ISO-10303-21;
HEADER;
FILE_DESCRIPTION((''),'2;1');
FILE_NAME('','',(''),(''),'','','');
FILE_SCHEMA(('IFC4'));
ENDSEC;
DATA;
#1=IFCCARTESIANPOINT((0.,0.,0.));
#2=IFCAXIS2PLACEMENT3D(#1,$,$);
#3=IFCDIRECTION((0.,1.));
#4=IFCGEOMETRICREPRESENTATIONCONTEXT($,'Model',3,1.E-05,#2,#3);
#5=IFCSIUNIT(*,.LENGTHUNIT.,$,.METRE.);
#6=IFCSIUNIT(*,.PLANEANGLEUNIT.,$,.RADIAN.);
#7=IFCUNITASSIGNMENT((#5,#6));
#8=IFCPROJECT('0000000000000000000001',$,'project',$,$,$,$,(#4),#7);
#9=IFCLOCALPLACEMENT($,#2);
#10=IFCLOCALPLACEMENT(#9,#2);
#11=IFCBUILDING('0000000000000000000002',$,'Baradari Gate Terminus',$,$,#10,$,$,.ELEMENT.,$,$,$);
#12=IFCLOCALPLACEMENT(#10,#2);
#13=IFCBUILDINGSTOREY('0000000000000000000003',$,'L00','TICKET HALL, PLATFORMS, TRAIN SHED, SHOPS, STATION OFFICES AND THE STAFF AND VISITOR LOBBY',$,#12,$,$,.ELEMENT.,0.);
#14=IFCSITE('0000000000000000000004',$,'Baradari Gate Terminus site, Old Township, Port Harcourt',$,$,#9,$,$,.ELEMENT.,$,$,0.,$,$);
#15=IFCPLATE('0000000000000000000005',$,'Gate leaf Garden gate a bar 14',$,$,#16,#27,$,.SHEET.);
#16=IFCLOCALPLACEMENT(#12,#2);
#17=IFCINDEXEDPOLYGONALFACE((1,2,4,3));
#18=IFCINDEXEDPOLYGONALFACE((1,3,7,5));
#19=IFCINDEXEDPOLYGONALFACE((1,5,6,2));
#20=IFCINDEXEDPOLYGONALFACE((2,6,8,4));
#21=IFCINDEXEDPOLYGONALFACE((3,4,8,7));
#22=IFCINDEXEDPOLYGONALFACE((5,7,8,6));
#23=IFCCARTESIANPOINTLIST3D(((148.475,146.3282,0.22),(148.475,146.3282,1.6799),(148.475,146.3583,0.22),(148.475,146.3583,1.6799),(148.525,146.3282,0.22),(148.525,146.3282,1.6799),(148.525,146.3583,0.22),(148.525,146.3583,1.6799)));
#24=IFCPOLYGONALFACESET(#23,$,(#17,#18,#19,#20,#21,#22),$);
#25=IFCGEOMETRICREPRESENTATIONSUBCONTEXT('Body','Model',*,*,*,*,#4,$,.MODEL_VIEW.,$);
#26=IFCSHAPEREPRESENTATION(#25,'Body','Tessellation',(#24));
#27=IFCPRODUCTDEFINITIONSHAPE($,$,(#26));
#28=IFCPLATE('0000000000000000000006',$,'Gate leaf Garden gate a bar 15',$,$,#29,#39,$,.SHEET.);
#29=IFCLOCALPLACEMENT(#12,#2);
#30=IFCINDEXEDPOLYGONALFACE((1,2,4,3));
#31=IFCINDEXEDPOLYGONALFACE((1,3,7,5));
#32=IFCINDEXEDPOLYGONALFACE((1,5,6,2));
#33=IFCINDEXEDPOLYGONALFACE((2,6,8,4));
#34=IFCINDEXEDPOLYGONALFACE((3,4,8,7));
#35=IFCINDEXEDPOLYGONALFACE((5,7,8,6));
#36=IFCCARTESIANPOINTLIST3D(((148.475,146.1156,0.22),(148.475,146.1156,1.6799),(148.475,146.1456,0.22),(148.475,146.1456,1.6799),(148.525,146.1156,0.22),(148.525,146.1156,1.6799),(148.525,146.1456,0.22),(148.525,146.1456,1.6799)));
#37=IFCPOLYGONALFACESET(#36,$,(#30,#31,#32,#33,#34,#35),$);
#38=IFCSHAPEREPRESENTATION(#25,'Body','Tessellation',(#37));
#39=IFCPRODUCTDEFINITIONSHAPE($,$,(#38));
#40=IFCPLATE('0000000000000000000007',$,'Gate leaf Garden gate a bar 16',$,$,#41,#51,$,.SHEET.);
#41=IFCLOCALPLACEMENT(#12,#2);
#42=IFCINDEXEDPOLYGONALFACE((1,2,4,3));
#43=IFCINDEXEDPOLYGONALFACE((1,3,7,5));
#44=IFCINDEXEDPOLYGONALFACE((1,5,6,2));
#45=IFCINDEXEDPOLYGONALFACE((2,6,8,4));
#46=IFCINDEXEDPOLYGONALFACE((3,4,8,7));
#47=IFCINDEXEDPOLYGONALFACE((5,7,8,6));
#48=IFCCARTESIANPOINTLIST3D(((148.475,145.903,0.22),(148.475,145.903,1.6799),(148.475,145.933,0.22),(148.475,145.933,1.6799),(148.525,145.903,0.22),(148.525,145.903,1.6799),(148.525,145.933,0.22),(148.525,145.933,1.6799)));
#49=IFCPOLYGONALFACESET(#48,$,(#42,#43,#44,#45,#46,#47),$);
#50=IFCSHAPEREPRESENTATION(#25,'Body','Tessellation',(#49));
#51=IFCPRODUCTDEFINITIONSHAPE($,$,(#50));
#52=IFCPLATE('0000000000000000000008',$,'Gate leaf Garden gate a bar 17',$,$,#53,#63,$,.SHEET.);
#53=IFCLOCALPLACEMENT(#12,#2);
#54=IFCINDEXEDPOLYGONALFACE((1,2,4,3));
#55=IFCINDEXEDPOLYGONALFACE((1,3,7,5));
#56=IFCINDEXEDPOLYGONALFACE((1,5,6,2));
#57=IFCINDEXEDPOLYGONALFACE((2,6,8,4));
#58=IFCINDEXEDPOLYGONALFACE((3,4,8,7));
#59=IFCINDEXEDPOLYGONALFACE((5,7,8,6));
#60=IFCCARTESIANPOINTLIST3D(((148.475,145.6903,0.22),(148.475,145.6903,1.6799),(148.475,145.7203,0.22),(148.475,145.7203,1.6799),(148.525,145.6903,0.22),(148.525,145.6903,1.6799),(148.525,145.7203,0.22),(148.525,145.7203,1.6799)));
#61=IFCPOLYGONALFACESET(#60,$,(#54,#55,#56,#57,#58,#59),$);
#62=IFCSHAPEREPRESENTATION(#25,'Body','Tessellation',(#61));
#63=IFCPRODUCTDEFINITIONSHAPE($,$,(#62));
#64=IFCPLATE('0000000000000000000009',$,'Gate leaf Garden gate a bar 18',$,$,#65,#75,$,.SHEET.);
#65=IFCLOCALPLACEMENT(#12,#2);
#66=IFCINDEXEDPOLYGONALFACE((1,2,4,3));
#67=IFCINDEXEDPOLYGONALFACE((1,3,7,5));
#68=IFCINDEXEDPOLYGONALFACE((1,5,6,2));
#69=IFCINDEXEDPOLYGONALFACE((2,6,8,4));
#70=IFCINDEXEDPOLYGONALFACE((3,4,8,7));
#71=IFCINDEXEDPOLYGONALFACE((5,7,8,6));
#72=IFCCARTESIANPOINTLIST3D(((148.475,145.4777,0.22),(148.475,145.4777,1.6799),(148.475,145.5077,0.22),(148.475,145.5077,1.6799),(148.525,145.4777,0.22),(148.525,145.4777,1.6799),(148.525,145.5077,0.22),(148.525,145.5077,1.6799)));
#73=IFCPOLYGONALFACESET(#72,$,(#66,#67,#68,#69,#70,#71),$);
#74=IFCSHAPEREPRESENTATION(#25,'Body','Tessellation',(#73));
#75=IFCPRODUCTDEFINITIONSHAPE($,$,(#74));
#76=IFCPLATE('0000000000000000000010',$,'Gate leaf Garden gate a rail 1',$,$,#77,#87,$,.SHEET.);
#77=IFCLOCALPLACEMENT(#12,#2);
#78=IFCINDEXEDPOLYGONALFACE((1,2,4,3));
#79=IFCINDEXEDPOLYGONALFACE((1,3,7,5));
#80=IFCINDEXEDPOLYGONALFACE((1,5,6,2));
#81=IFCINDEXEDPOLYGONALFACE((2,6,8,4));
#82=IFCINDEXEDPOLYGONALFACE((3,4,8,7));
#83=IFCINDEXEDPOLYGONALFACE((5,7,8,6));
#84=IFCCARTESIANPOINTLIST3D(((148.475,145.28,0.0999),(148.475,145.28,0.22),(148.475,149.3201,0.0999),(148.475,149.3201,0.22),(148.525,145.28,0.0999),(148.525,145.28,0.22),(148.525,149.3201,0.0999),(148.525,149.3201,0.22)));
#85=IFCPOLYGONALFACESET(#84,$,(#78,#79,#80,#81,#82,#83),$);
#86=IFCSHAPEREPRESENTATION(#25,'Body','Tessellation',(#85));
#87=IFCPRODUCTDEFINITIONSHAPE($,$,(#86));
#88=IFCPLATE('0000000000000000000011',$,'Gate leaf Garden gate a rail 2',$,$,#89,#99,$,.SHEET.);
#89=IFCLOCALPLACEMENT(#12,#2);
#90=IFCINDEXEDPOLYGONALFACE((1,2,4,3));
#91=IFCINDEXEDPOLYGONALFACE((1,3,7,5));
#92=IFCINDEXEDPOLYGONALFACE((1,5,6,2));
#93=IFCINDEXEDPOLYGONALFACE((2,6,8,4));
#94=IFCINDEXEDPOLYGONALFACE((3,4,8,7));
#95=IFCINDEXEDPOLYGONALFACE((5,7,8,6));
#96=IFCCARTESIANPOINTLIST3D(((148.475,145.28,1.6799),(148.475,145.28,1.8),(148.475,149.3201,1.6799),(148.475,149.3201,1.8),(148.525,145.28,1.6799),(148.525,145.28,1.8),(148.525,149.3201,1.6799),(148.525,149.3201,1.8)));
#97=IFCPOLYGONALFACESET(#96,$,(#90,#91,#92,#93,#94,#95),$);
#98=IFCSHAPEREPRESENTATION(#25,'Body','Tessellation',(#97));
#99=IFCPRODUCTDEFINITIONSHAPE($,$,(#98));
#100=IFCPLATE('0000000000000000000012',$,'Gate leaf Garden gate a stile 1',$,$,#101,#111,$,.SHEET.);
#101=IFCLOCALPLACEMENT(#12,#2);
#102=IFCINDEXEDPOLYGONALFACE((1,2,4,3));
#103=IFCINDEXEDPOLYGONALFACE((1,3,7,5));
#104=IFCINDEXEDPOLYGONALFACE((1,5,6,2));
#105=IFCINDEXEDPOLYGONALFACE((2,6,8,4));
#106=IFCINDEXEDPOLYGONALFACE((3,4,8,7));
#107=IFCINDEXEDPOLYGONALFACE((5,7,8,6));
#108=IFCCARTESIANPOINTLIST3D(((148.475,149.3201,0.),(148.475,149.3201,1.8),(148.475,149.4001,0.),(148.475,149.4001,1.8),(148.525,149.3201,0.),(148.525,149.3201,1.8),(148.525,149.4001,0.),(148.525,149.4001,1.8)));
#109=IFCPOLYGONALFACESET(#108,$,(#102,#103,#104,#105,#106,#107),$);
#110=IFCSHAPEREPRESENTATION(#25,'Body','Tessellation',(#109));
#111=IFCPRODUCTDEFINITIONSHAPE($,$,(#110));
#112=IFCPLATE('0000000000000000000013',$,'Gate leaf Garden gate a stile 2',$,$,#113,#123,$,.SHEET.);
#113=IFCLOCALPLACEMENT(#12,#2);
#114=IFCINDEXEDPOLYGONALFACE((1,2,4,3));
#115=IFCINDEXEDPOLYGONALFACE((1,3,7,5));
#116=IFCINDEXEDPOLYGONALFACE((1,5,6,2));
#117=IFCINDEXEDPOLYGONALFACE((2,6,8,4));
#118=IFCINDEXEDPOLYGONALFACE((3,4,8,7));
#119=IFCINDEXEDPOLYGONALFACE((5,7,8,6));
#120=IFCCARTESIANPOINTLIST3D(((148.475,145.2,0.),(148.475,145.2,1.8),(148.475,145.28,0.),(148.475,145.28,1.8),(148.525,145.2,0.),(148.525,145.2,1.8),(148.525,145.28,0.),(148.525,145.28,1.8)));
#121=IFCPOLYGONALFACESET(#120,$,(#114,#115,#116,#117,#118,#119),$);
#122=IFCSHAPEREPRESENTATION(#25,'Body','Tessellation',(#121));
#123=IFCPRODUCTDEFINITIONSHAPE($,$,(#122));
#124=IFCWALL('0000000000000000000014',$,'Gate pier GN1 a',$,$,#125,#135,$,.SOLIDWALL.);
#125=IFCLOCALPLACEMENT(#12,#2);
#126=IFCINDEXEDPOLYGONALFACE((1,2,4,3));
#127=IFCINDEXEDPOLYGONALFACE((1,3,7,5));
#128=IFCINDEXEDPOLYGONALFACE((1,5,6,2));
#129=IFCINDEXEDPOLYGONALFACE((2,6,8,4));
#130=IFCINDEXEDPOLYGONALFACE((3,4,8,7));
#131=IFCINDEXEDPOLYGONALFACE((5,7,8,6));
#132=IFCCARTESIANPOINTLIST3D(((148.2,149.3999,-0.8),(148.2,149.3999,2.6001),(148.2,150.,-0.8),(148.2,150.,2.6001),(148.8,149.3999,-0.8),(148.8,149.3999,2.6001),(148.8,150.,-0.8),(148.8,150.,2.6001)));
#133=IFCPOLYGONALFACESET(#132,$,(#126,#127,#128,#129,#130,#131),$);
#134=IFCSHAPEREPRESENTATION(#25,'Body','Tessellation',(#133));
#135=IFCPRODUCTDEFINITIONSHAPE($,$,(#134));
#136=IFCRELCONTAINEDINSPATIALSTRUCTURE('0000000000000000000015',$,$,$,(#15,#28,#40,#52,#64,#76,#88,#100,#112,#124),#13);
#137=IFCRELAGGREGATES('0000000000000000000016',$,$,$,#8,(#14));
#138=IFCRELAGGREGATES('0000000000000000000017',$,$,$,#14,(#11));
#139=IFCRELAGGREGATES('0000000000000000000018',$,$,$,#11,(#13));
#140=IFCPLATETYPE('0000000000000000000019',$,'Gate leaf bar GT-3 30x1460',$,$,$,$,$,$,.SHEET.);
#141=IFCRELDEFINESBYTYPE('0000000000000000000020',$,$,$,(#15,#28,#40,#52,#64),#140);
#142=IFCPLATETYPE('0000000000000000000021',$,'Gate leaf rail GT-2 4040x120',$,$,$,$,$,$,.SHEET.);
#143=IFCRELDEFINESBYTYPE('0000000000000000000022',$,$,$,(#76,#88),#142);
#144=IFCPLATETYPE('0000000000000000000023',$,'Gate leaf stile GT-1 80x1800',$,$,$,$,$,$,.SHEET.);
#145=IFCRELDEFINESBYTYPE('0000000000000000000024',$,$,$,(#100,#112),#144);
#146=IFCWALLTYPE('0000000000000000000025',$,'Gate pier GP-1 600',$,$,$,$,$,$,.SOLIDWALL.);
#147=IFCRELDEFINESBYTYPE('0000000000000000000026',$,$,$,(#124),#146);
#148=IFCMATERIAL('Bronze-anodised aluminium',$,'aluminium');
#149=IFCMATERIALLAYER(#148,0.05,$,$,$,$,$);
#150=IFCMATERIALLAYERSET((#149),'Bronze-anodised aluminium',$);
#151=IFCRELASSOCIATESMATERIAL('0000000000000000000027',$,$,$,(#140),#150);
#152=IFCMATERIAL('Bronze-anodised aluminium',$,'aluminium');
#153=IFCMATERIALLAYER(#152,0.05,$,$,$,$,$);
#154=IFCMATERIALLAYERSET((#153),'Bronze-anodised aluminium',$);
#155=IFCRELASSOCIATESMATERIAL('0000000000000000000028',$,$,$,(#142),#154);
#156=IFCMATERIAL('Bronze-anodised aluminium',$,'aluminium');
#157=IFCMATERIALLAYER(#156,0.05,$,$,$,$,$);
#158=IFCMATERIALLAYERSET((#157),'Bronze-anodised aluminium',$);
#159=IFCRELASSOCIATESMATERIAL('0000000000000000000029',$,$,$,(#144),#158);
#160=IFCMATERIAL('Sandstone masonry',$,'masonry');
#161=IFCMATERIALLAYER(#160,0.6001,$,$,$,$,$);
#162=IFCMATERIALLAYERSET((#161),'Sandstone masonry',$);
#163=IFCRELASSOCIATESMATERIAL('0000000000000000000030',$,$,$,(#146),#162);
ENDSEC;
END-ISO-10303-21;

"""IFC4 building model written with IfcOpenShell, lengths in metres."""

from ifc_helpers import new_model, si_unit, direction, frame, frame_2d, origin, origin_2d, place, context, subcontext, project, spatial, rectangle, extrude, material, layer, layer_set, type_object, element, save


model = new_model("IFC4")

# Units and contexts
model_context = context("Model", 3, precision=1e-05, world=origin(), true_north=direction((0.0, 1.0)))
body_context = subcontext(model_context, "Body", "Model", "MODEL_VIEW")
ifc_project = project(units=[si_unit("LENGTHUNIT", "METRE"), si_unit("PLANEANGLEUNIT", "RADIAN")], contexts=[model_context])

# Site, building, storey
site_placement = place(None, origin())
site = spatial("IfcSite", under=ifc_project, at=site_placement, Name="Baradari Gate Terminus site, Old Township, Port Harcourt", CompositionType="ELEMENT", RefElevation=0.0)
building_placement = place(site_placement, origin())
building = spatial("IfcBuilding", under=site, at=building_placement, Name="Baradari Gate Terminus", CompositionType="ELEMENT")
storey_placement = place(building_placement, origin())
storey = spatial("IfcBuildingStorey", under=building, at=storey_placement, Name="L00", Description="TICKET HALL, PLATFORMS, TRAIN SHED, SHOPS, STATION OFFICES AND THE STAFF AND VISITOR LOBBY", CompositionType="ELEMENT", Elevation=0.0)

# Plates
ifc_material_1 = material(Name="Bronze-anodised aluminium", Category="aluminium")
ifc_layer_1 = layer(ifc_material_1, 0.05)
ifc_layer_set_1 = layer_set([ifc_layer_1], Name="Bronze-anodised aluminium")
plate_type_1 = type_object("IfcPlateType", Name="Gate leaf bar GT-3 30x1460", PredefinedType="SHEET", material=ifc_layer_set_1)
for number, where, z_axis, x_axis, name in (
    (1, (148.5, 146.3433, 0.22), (0.0, 0.0, 1.0), (1.0, 0.0, 0.0), "Gate leaf Garden gate a bar 14"),
    (2, (148.5, 146.1306, 0.22), (0.0, 0.0, 1.0), (1.0, 0.0, 0.0), "Gate leaf Garden gate a bar 15"),
    (3, (148.5, 145.918, 0.22), (0.0, 0.0, 1.0), (1.0, 0.0, 0.0), "Gate leaf Garden gate a bar 16"),
    (4, (148.5, 145.7053, 0.22), (0.0, 0.0, 1.0), (1.0, 0.0, 0.0), "Gate leaf Garden gate a bar 17"),
    (5, (148.5, 145.4927, 0.22), (0.0, 0.0, 1.0), (1.0, 0.0, 0.0), "Gate leaf Garden gate a bar 18"),
):
    element("IfcPlate", number, at=place(storey_placement, frame(where, z_axis=z_axis, x_axis=x_axis)), inside=storey, type_object=plate_type_1, Name=name, PredefinedType="SHEET", context=body_context, shape_type="SweptSolid", body=[
        extrude(rectangle(XDim=0.05, YDim=0.03, at=origin_2d()), origin(), (0.0, 0.0, 1.0), 1.46),
    ])
ifc_material_2 = material(Name="Bronze-anodised aluminium", Category="aluminium")
ifc_layer_2 = layer(ifc_material_2, 0.05)
ifc_layer_set_2 = layer_set([ifc_layer_2], Name="Bronze-anodised aluminium")
plate_type_2 = type_object("IfcPlateType", Name="Gate leaf rail GT-2 4040x120", PredefinedType="SHEET", material=ifc_layer_set_2)
for number, where, z_axis, x_axis, name in (
    (6, (148.5, 147.3, 0.0999), (0.0, 0.0, 1.0), (1.0, 0.0, 0.0), "Gate leaf Garden gate a rail 1"),
    (7, (148.5, 147.3, 1.6799), (0.0, 0.0, 1.0), (1.0, 0.0, 0.0), "Gate leaf Garden gate a rail 2"),
):
    element("IfcPlate", number, at=place(storey_placement, frame(where, z_axis=z_axis, x_axis=x_axis)), inside=storey, type_object=plate_type_2, Name=name, PredefinedType="SHEET", context=body_context, shape_type="SweptSolid", body=[
        extrude(rectangle(XDim=0.05, YDim=4.04, at=origin_2d()), origin(), (0.0, 0.0, 1.0), 0.1201),
    ])
ifc_material_3 = material(Name="Bronze-anodised aluminium", Category="aluminium")
ifc_layer_3 = layer(ifc_material_3, 0.05)
ifc_layer_set_3 = layer_set([ifc_layer_3], Name="Bronze-anodised aluminium")
plate_type_3 = type_object("IfcPlateType", Name="Gate leaf stile GT-1 80x1800", PredefinedType="SHEET", material=ifc_layer_set_3)
for number, where, z_axis, x_axis, name in (
    (8, (148.5, 149.3601, 0.0), (0.0, 0.0, 1.0), (1.0, 0.0, 0.0), "Gate leaf Garden gate a stile 1"),
    (9, (148.5, 145.24, 0.0), (0.0, 0.0, 1.0), (1.0, 0.0, 0.0), "Gate leaf Garden gate a stile 2"),
):
    element("IfcPlate", number, at=place(storey_placement, frame(where, z_axis=z_axis, x_axis=x_axis)), inside=storey, type_object=plate_type_3, Name=name, PredefinedType="SHEET", context=body_context, shape_type="SweptSolid", body=[
        extrude(rectangle(XDim=0.05, YDim=0.0801, at=origin_2d()), origin(), (0.0, 0.0, 1.0), 1.8),
    ])

# Wall
ifc_material_4 = material(Name="Sandstone masonry", Category="masonry")
ifc_layer_4 = layer(ifc_material_4, 0.6001)
ifc_layer_set_4 = layer_set([ifc_layer_4], Name="Sandstone masonry")
wall_type_1 = type_object("IfcWallType", Name="Gate pier GP-1 600", PredefinedType="SOLIDWALL", material=ifc_layer_set_4)
wall_1_placement = place(storey_placement, frame((148.2, 149.7, -0.8), z_axis=(0.0, 0.0, 1.0), x_axis=(1.0, 0.0, 0.0)))
element("IfcWall", 10, at=wall_1_placement, inside=storey, type_object=wall_type_1, Name="Gate pier GN1 a", PredefinedType="SOLIDWALL", context=body_context, shape_type="SweptSolid", body=[
    extrude(rectangle(XDim=0.6001, YDim=0.6001, at=frame_2d((0.3, 0.0))), origin(), (0.0, 0.0, 1.0), 3.4001),
])

save(model, "model.ifc")
